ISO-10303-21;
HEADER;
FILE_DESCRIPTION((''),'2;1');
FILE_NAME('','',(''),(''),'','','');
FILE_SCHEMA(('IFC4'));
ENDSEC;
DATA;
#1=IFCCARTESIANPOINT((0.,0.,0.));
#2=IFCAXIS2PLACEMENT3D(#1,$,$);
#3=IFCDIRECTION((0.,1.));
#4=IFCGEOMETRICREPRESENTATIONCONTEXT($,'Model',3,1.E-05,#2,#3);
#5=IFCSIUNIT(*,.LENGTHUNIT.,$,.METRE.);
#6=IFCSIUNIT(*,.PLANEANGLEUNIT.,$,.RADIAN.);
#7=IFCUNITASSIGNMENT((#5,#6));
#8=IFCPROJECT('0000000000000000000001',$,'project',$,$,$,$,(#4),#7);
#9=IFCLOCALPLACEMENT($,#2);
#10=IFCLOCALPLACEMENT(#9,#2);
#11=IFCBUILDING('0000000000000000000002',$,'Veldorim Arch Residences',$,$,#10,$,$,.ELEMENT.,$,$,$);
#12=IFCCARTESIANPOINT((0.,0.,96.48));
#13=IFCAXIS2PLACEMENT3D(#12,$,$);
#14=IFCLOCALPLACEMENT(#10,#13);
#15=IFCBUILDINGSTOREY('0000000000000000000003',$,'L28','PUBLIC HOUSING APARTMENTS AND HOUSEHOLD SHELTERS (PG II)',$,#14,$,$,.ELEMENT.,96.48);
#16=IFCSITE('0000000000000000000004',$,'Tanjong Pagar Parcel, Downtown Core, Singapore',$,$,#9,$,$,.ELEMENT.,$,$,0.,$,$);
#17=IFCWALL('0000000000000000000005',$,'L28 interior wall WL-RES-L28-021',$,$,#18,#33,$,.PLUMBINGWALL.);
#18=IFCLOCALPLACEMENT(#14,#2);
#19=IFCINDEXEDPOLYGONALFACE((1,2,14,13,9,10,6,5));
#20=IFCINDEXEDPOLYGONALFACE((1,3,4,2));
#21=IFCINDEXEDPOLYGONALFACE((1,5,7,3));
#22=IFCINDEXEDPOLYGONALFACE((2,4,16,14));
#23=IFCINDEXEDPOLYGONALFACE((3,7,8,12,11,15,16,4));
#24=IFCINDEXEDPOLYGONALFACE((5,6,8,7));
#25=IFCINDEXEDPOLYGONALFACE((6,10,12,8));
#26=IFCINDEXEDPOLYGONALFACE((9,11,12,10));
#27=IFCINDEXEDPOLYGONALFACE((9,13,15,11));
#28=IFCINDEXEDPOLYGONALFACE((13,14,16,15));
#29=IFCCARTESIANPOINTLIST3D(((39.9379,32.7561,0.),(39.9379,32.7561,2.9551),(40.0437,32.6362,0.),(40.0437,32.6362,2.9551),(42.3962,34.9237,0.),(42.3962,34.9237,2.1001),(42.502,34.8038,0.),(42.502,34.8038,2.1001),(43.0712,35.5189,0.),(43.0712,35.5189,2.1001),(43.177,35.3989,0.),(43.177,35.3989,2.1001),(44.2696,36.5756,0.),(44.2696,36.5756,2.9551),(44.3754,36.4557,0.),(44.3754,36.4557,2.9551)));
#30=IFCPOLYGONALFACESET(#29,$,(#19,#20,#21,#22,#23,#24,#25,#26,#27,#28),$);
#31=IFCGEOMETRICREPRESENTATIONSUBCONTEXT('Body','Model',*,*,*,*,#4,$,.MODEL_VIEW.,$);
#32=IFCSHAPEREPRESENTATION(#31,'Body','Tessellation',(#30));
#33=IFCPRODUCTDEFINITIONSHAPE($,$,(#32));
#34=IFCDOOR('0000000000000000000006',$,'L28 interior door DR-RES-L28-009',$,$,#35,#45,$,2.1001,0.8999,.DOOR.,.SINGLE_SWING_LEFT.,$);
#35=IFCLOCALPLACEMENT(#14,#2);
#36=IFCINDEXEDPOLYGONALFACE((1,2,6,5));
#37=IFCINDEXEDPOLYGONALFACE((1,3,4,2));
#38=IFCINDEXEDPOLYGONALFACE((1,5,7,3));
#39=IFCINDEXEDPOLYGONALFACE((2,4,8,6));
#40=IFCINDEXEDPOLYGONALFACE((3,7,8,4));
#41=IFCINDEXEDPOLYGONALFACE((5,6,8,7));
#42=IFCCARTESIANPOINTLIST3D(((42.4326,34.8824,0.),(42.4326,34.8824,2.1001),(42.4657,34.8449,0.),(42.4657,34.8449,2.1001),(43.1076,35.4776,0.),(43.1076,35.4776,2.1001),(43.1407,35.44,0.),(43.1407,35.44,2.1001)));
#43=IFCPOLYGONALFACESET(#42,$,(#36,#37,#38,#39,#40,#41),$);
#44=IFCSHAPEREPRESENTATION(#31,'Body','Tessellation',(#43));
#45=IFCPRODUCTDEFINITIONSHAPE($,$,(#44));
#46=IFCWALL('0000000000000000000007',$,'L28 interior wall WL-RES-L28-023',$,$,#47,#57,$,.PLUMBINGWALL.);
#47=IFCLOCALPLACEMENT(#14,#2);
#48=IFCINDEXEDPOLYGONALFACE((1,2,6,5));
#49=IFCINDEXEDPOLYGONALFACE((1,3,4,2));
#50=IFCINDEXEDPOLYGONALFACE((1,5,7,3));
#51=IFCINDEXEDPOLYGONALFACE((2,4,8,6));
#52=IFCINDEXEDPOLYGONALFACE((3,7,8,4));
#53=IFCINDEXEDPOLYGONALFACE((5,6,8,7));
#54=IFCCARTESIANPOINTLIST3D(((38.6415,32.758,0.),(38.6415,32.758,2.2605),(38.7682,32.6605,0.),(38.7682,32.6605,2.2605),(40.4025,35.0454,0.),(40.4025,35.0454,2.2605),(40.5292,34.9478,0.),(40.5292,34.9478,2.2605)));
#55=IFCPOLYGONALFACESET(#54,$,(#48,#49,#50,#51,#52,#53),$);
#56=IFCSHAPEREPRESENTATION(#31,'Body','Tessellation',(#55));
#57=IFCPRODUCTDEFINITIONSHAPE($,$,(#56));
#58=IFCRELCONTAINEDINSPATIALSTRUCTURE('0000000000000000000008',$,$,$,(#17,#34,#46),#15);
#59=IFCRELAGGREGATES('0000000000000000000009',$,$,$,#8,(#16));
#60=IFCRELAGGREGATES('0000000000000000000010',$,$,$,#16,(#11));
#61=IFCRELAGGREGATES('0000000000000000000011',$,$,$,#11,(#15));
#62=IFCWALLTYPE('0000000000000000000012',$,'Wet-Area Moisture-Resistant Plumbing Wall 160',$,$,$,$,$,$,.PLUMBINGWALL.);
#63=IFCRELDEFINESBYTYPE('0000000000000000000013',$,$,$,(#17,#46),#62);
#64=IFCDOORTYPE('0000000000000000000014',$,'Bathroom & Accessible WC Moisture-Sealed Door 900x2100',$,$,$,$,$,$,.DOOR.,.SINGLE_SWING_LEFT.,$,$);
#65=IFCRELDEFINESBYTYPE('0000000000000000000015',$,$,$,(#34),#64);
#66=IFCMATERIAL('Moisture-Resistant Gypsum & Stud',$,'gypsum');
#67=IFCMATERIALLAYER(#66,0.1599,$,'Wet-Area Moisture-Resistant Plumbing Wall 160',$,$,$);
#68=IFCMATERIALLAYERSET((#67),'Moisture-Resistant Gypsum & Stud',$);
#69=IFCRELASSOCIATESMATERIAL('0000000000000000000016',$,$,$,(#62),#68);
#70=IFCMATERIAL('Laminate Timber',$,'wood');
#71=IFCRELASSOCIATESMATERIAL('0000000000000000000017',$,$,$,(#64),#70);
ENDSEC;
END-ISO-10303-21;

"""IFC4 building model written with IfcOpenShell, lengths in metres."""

from ifc_helpers import new_model, si_unit, direction, frame, frame_2d, origin, place, context, subcontext, project, spatial, rectangle, extrude, material, layer, layer_set, type_object, element, fill, save


model = new_model("IFC4")

# Units and contexts
model_context = context("Model", 3, precision=1e-05, world=origin(), true_north=direction((0.0, 1.0)))
body_context = subcontext(model_context, "Body", "Model", "MODEL_VIEW")
ifc_project = project(units=[si_unit("LENGTHUNIT", "METRE"), si_unit("PLANEANGLEUNIT", "RADIAN")], contexts=[model_context])

# Site, building, storey
site_placement = place(None, origin())
site = spatial("IfcSite", under=ifc_project, at=site_placement, Name="Tanjong Pagar Parcel, Downtown Core, Singapore", CompositionType="ELEMENT", RefElevation=0.0)
building_placement = place(site_placement, origin())
building = spatial("IfcBuilding", under=site, at=building_placement, Name="Veldorim Arch Residences", CompositionType="ELEMENT")
storey_placement = place(building_placement, frame((0.0, 0.0, 96.48)))
storey = spatial("IfcBuildingStorey", under=building, at=storey_placement, Name="L28", Description="PUBLIC HOUSING APARTMENTS AND HOUSEHOLD SHELTERS (PG II)", CompositionType="ELEMENT", Elevation=96.48)

# Wall, opening, door
ifc_material_1 = material(Name="Moisture-Resistant Gypsum & Stud", Category="gypsum")
ifc_layer_1 = layer(ifc_material_1, 0.1599, Name="Wet-Area Moisture-Resistant Plumbing Wall 160")
ifc_layer_set_1 = layer_set([ifc_layer_1], Name="Moisture-Resistant Gypsum & Stud")
wall_type_1 = type_object("IfcWallType", Name="Wet-Area Moisture-Resistant Plumbing Wall 160", PredefinedType="PLUMBINGWALL", material=ifc_layer_set_1)
wall_1_placement = place(storey_placement, frame((39.9907, 32.696, 0.0), z_axis=(0.0, 0.0, 1.0), x_axis=(0.75006, 0.66137, 0.0)))
wall_1 = element("IfcWall", 1, at=wall_1_placement, inside=storey, type_object=wall_type_1, Name="L28 interior wall WL-RES-L28-021", PredefinedType="PLUMBINGWALL", context=body_context, shape_type="SweptSolid", body=[
    extrude(rectangle(XDim=5.7751, YDim=0.1599, at=frame_2d((2.8877, 0.0))), origin(), (0.0, 0.0, 1.0), 2.9551),
])
opening_1_placement = place(wall_1_placement, frame((3.2776, 0.0, 0.0)))
opening_1 = element("IfcOpeningElement", 2, at=opening_1_placement, cuts=wall_1, PredefinedType="OPENING", context=body_context, shape_type="SweptSolid", body=[
    extrude(rectangle(XDim=0.8999, YDim=2.1001, at=frame_2d((0.45, 1.05))), frame((0.0, 0.0898, 0.0), z_axis=(0.0, -1.0, 0.0), x_axis=(1.0, 0.0, 0.0)), (0.0, 0.0, 1.0), 0.1799),
])
ifc_material_2 = material(Name="Laminate Timber", Category="wood")
door_type_1 = type_object("IfcDoorType", Name="Bathroom & Accessible WC Moisture-Sealed Door 900x2100", OperationType="SINGLE_SWING_LEFT", PredefinedType="DOOR", material=ifc_material_2)
door_1_placement = place(opening_1_placement, origin())
door_1 = element("IfcDoor", 3, at=door_1_placement, inside=storey, type_object=door_type_1, Name="L28 interior door DR-RES-L28-009", OperationType="SINGLE_SWING_LEFT", OverallHeight=2.1001, OverallWidth=0.8999, PredefinedType="DOOR", context=body_context, shape_type="SweptSolid", body=[
    extrude(rectangle(XDim=0.8999, YDim=2.1001, at=frame_2d((0.45, 1.05))), frame((0.0, 0.0249, 0.0), z_axis=(0.0, -1.0, 0.0), x_axis=(1.0, 0.0, 0.0)), (0.0, 0.0, 1.0), 0.05),
])
fill(opening_1, door_1)

# Wall
wall_2_placement = place(storey_placement, frame((38.7048, 32.7092, 0.0), z_axis=(0.0, 0.0, 1.0), x_axis=(0.610034, 0.792376, 0.0)))
element("IfcWall", 4, at=wall_2_placement, inside=storey, type_object=wall_type_1, Name="L28 interior wall WL-RES-L28-023", PredefinedType="PLUMBINGWALL", context=body_context, shape_type="SweptSolid", body=[
    extrude(rectangle(XDim=2.8867, YDim=0.1599, at=frame_2d((1.4434, 0.0))), origin(), (0.0, 0.0, 1.0), 2.2605),
])

save(model, "model.ifc")
